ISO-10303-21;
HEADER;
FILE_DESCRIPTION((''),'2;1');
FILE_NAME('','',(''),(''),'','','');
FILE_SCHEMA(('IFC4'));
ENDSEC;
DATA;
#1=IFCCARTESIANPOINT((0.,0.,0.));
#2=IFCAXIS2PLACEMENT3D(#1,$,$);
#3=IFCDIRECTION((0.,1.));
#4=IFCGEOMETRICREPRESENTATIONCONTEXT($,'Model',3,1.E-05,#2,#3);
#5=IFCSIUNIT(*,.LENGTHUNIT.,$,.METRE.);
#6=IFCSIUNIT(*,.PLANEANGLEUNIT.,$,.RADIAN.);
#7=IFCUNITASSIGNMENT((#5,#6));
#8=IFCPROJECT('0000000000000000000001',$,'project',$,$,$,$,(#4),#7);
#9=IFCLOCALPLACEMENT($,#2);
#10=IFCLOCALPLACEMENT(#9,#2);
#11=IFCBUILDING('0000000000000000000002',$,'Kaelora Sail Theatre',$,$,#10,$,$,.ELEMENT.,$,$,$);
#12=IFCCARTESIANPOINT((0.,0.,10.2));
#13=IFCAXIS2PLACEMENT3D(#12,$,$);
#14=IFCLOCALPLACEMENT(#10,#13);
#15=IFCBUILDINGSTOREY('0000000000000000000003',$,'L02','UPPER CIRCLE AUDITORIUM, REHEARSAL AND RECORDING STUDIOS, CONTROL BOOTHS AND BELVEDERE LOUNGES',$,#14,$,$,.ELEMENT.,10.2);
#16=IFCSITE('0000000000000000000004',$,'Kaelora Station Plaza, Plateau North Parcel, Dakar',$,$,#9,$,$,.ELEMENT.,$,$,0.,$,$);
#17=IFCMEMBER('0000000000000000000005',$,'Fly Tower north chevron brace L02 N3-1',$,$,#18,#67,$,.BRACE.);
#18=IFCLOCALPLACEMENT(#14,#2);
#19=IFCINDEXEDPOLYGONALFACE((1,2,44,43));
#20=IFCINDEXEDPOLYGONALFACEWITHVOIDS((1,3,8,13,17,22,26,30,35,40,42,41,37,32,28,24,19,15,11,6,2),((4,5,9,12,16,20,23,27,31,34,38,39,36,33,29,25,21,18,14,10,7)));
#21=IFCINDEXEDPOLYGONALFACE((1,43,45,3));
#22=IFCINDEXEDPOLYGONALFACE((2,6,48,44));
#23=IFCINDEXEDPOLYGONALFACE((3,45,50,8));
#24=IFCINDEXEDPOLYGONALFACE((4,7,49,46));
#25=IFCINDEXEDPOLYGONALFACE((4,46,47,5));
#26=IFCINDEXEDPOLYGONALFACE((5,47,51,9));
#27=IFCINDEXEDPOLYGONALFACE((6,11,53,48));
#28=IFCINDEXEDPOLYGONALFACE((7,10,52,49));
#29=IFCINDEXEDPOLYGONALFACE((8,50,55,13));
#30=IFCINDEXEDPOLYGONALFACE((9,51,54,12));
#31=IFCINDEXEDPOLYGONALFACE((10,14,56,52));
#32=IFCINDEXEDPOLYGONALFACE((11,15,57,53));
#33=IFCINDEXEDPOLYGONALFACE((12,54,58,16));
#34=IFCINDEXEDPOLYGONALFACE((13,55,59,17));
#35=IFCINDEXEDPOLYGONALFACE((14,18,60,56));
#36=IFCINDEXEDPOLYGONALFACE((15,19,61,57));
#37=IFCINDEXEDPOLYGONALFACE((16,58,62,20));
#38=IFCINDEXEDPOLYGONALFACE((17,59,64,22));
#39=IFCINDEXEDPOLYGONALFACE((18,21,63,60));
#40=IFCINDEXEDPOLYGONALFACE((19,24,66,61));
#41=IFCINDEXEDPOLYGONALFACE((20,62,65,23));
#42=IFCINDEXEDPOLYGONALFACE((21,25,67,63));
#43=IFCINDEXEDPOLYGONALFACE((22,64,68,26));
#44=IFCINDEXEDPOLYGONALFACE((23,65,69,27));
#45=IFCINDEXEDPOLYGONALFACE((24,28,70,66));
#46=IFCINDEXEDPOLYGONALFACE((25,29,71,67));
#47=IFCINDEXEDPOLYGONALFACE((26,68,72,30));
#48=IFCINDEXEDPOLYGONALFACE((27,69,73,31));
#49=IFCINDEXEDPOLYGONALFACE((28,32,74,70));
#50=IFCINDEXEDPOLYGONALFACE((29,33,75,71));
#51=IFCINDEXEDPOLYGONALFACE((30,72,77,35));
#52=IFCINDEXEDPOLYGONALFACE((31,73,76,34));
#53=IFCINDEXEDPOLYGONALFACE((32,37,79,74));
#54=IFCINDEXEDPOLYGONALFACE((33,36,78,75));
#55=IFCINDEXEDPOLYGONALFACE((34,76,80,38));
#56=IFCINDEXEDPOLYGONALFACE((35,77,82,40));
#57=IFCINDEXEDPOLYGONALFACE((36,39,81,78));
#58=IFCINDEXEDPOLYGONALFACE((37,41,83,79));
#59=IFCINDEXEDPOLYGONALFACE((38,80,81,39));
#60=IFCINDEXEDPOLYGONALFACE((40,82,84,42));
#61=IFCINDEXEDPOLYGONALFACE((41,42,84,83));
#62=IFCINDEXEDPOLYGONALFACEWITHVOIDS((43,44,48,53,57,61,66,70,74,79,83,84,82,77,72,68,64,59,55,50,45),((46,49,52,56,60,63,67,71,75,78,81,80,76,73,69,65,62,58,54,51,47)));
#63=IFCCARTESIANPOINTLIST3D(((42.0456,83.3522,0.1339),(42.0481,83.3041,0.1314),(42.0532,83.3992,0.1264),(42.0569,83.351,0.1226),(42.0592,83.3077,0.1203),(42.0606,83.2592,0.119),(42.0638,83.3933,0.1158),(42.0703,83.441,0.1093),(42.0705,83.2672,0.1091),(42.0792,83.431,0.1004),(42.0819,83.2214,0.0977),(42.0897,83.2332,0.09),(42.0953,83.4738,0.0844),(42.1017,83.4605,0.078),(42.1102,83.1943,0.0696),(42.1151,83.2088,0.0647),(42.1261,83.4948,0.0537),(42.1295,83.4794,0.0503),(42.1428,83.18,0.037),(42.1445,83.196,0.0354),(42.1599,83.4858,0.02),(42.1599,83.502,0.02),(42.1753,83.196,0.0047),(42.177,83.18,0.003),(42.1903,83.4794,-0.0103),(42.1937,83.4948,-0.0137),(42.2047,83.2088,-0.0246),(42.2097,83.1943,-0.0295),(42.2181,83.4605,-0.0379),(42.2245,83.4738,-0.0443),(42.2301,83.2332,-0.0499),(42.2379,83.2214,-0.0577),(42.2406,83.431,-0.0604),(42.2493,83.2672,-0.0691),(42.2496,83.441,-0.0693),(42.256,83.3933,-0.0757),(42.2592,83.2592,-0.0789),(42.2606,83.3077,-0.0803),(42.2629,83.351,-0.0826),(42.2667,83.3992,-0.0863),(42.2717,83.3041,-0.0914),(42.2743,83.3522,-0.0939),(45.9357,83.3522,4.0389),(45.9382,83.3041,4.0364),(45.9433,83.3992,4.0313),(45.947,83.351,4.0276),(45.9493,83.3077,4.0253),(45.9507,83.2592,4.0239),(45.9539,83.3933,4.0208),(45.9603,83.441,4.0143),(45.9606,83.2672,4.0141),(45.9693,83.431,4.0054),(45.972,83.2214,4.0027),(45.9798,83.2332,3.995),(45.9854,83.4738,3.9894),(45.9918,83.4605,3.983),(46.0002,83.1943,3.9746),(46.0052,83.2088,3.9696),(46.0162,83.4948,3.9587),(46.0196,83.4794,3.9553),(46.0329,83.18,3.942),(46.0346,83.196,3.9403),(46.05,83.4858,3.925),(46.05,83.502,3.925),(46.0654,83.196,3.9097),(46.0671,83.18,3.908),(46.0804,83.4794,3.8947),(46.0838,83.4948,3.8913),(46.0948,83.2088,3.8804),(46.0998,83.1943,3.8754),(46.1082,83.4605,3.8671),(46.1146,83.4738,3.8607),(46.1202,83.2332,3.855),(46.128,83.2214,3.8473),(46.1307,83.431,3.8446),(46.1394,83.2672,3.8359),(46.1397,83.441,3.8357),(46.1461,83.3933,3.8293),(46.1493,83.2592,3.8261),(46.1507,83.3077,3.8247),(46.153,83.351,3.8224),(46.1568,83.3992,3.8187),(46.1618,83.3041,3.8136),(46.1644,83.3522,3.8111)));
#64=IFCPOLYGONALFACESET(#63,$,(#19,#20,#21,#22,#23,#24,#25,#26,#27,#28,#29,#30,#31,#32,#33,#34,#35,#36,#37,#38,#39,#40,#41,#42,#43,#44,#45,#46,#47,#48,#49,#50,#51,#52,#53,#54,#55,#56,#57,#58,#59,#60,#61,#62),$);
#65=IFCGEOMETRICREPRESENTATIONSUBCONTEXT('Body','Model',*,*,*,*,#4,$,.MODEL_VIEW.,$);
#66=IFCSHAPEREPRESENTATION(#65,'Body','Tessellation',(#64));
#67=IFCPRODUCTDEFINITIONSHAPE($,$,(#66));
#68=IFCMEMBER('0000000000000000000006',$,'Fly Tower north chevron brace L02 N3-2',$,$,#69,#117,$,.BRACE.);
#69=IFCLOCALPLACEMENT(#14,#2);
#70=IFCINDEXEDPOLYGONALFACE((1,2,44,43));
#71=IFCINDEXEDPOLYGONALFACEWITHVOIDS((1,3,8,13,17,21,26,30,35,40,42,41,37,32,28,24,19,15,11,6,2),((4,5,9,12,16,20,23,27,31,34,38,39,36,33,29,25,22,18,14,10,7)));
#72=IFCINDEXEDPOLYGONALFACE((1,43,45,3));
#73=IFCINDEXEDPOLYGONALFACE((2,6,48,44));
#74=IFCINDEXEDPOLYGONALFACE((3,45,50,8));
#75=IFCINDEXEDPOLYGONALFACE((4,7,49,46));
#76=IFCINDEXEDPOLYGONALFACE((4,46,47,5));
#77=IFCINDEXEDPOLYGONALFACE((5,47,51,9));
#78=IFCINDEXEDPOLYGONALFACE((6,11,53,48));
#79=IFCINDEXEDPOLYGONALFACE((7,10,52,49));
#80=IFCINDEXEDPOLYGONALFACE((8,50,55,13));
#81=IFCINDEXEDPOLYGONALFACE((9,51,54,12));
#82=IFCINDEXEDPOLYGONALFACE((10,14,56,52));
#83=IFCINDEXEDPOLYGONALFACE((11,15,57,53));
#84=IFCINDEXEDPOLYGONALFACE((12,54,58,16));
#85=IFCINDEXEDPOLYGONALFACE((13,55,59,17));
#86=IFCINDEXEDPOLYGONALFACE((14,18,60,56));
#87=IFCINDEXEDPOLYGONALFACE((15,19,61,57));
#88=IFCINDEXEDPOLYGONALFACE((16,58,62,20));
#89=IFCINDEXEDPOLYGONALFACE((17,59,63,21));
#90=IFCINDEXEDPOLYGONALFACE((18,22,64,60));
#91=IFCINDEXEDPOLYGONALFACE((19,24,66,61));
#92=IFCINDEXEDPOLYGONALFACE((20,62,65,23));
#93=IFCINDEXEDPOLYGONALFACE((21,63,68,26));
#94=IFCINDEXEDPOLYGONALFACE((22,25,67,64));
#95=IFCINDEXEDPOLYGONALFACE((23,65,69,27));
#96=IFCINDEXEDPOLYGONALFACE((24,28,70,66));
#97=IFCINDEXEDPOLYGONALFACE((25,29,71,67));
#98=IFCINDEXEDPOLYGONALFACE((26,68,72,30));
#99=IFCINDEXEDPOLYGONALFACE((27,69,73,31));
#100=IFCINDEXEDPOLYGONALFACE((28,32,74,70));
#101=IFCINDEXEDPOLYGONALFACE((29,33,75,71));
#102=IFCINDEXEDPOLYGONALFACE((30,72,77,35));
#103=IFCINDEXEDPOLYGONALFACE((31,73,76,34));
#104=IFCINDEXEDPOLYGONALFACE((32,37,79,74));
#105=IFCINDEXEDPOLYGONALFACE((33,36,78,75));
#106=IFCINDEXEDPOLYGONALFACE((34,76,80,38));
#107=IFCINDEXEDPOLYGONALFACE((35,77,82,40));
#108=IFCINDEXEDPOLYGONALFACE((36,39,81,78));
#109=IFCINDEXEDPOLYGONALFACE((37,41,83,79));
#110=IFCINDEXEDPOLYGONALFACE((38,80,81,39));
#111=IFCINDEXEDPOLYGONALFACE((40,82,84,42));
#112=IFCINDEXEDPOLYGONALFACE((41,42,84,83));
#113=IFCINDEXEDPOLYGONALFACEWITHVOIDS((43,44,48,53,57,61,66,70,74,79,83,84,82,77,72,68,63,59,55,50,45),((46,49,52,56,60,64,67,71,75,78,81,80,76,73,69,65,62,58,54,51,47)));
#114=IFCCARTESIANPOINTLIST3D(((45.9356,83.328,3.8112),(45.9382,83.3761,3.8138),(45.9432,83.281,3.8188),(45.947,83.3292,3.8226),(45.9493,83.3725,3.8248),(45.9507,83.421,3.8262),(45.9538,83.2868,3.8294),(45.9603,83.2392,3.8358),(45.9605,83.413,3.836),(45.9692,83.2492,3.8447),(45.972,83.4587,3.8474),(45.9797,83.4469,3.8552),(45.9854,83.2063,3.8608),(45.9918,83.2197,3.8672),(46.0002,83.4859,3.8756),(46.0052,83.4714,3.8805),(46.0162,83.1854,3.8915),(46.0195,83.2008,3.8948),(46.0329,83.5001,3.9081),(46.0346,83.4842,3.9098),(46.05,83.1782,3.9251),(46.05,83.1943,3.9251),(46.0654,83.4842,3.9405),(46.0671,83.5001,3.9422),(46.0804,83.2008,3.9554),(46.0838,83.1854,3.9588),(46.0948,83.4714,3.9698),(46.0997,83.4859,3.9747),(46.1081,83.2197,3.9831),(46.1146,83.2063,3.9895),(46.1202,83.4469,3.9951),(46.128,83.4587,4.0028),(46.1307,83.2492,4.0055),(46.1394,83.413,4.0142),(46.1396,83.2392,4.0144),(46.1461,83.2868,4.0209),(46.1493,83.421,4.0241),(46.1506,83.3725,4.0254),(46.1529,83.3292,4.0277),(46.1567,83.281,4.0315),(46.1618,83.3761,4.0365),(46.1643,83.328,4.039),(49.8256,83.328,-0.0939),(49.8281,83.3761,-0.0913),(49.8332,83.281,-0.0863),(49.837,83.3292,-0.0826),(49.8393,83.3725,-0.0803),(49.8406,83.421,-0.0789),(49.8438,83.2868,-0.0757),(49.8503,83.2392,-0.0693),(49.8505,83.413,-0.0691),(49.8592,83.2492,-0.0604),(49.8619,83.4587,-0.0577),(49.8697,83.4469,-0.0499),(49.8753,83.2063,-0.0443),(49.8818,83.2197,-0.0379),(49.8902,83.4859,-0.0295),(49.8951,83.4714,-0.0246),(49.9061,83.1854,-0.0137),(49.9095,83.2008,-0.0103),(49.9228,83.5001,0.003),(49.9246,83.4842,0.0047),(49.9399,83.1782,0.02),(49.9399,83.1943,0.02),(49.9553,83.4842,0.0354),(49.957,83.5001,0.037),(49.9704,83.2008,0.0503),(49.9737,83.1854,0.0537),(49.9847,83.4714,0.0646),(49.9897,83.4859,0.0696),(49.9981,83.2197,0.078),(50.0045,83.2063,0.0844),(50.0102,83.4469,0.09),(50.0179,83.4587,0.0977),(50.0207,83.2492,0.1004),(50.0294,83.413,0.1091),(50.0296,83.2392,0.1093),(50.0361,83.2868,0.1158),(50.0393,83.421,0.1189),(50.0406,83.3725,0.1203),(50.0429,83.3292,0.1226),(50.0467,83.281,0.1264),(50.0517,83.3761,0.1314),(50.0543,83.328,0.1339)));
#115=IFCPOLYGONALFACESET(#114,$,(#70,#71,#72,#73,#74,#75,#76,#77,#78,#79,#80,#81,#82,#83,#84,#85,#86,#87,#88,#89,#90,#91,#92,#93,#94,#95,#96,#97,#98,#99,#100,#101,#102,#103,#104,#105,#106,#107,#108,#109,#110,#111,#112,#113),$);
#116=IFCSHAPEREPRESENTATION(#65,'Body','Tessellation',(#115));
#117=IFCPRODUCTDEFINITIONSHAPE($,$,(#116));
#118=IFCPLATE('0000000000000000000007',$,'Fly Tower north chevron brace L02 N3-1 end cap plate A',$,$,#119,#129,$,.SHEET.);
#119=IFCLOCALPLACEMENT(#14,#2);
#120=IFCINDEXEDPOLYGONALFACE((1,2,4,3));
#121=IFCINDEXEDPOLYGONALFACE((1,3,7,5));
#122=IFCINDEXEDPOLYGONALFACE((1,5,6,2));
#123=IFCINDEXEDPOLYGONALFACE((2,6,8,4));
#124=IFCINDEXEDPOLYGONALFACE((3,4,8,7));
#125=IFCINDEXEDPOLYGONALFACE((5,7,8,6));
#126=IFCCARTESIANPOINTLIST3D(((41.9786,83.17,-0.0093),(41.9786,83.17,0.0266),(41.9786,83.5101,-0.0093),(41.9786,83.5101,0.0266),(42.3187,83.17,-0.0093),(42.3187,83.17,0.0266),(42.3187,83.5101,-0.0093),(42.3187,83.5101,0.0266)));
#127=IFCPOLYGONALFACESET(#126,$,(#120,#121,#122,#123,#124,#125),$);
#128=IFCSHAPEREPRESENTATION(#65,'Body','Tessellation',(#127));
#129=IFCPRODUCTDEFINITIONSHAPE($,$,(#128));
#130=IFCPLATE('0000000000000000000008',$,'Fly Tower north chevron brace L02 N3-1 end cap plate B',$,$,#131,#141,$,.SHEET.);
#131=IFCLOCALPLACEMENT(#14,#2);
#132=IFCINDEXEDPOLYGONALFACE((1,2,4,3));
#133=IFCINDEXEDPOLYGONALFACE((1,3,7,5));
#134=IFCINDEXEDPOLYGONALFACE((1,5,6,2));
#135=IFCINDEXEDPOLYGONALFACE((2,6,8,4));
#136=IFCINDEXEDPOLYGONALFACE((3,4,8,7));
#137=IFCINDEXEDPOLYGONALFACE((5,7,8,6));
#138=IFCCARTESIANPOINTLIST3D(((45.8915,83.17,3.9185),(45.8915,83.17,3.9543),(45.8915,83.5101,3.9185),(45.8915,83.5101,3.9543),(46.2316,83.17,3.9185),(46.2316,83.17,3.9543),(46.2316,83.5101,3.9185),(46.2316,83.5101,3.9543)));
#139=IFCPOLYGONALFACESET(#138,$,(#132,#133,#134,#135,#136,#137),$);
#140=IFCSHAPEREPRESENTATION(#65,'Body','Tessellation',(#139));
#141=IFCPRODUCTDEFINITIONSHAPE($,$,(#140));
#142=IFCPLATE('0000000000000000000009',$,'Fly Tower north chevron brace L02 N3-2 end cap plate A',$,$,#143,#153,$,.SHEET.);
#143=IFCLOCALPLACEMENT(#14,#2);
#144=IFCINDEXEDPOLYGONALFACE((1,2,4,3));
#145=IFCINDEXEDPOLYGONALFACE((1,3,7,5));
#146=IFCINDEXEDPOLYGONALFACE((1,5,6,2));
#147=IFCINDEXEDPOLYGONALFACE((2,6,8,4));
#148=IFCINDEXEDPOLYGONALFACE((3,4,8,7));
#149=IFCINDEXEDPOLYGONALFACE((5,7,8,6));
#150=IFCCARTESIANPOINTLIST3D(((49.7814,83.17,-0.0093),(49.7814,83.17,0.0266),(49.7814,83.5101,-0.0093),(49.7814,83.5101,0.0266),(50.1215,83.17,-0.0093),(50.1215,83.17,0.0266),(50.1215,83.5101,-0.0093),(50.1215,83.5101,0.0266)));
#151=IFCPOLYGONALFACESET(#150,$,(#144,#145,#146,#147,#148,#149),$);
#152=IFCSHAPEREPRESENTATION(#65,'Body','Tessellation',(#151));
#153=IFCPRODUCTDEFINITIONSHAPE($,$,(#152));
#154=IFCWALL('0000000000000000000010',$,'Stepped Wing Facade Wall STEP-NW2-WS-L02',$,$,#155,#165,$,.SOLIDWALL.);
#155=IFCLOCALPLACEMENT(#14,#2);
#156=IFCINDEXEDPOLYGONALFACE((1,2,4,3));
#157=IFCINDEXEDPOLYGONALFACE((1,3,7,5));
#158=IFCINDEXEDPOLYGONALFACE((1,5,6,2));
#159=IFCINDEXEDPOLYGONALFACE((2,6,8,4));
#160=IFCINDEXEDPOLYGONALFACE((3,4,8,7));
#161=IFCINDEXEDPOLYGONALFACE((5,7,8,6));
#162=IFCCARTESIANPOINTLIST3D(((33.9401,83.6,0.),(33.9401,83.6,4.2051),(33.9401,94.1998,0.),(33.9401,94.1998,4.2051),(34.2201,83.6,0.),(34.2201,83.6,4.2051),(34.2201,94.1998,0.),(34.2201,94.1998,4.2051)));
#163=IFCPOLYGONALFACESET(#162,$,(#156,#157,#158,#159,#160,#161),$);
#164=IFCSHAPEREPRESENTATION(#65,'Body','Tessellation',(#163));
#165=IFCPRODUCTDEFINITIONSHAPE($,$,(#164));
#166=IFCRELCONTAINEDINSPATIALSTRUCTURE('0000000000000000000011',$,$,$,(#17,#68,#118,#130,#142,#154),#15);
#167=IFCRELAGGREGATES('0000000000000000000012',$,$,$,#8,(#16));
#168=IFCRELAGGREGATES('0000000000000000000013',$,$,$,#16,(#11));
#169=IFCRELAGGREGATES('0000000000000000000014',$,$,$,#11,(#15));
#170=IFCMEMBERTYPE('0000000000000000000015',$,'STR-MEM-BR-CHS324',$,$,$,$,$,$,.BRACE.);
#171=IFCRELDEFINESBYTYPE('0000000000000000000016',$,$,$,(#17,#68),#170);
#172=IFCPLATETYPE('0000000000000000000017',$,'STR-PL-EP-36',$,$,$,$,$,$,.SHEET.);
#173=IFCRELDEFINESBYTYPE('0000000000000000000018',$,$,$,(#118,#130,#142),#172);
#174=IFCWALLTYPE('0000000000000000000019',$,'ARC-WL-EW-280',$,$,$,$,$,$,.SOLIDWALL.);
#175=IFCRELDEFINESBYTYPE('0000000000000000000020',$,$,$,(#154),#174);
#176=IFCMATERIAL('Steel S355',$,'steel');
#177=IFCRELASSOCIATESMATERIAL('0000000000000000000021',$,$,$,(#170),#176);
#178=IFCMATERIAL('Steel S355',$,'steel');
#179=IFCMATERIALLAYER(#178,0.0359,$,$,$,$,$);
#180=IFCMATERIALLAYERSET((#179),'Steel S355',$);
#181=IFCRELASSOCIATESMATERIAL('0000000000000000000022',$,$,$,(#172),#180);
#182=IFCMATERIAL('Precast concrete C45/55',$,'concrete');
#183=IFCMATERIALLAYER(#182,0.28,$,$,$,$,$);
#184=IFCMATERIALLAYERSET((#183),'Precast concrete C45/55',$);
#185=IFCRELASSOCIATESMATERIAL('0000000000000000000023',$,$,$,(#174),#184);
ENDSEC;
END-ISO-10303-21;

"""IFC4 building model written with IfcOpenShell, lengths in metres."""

from ifc_helpers import new_model, si_unit, direction, frame, frame_2d, origin, origin_2d, place, context, subcontext, project, spatial, rectangle, hollow_circle, extrude, material, layer, layer_set, material_profile, profile_set, type_object, element, save


model = new_model("IFC4")

# Units and contexts
model_context = context("Model", 3, precision=1e-05, world=origin(), true_north=direction((0.0, 1.0)))
body_context = subcontext(model_context, "Body", "Model", "MODEL_VIEW")
ifc_project = project(units=[si_unit("LENGTHUNIT", "METRE"), si_unit("PLANEANGLEUNIT", "RADIAN")], contexts=[model_context])

# Site, building, storey
site_placement = place(None, origin())
site = spatial("IfcSite", under=ifc_project, at=site_placement, Name="Kaelora Station Plaza, Plateau North Parcel, Dakar", CompositionType="ELEMENT", RefElevation=0.0)
building_placement = place(site_placement, origin())
building = spatial("IfcBuilding", under=site, at=building_placement, Name="Kaelora Sail Theatre", CompositionType="ELEMENT")
storey_placement = place(building_placement, frame((0.0, 0.0, 10.2)))
storey = spatial("IfcBuildingStorey", under=building, at=storey_placement, Name="L02", Description="UPPER CIRCLE AUDITORIUM, REHEARSAL AND RECORDING STUDIOS, CONTROL BOOTHS AND BELVEDERE LOUNGES", CompositionType="ELEMENT", Elevation=10.2)

# Members
ifc_material_1 = material(Name="Steel S355", Category="steel")
ifc_material_profile_1 = material_profile(ifc_material_1, hollow_circle(Radius=0.1619, WallThickness=0.0161, at=origin_2d()), Name="CHS 323.9x16.0")
ifc_profile_set_1 = profile_set([ifc_material_profile_1], Name="Steel S355")
member_type = type_object("IfcMemberType", Name="STR-MEM-BR-CHS324", PredefinedType="BRACE", material=ifc_profile_set_1)
for number, where, z_axis, x_axis, name in (
    (1, (42.1599, 83.3401, 0.02), (0.705755, 0.0, 0.708456), (0.0, 1.0, 0.0), "Fly Tower north chevron brace L02 N3-1"),
    (2, (49.9399, 83.3401, 0.02), (-0.705732, 0.0, 0.708479), (0.0, -1.0, 0.0), "Fly Tower north chevron brace L02 N3-2"),
):
    element("IfcMember", number, at=place(storey_placement, frame(where, z_axis=z_axis, x_axis=x_axis)), inside=storey, type_object=member_type, Name=name, PredefinedType="BRACE", context=body_context, shape_type="SweptSolid", body=[
        extrude(hollow_circle(Radius=0.1619, WallThickness=0.0161, at=origin_2d()), origin(), (0.0, 0.0, 1.0), 5.512),
    ])

# Plates
ifc_material_2 = material(Name="Steel S355", Category="steel")
ifc_layer_1 = layer(ifc_material_2, 0.0359)
ifc_layer_set_1 = layer_set([ifc_layer_1], Name="Steel S355")
plate_type = type_object("IfcPlateType", Name="STR-PL-EP-36", PredefinedType="SHEET", material=ifc_layer_set_1)
for number, where, z_axis, x_axis, name in (
    (3, (42.1487, 83.3401, -0.0093), (0.0, 0.0, 1.0), (1.0, 0.0, 0.0), "Fly Tower north chevron brace L02 N3-1 end cap plate A"),
    (4, (46.0615, 83.3401, 3.9185), (0.0, 0.0, 1.0), (1.0, 0.0, 0.0), "Fly Tower north chevron brace L02 N3-1 end cap plate B"),
    (5, (49.9514, 83.3401, -0.0093), (0.0, 0.0, 1.0), (1.0, 0.0, 0.0), "Fly Tower north chevron brace L02 N3-2 end cap plate A"),
):
    element("IfcPlate", number, at=place(storey_placement, frame(where, z_axis=z_axis, x_axis=x_axis)), inside=storey, type_object=plate_type, Name=name, PredefinedType="SHEET", context=body_context, shape_type="SweptSolid", body=[
        extrude(rectangle(XDim=0.3401, YDim=0.3401, at=origin_2d()), origin(), (0.0, 0.0, 1.0), 0.0359),
    ])

# Wall
ifc_material_3 = material(Name="Precast concrete C45/55", Category="concrete")
ifc_layer_2 = layer(ifc_material_3, 0.28)
ifc_layer_set_2 = layer_set([ifc_layer_2], Name="Precast concrete C45/55")
wall_type = type_object("IfcWallType", Name="ARC-WL-EW-280", PredefinedType="SOLIDWALL", material=ifc_layer_set_2)
wall_placement = place(storey_placement, frame((34.0801, 83.6001, 0.0), z_axis=(0.0, 0.0, 1.0), x_axis=(0.0, 1.0, 0.0)))
element("IfcWall", 6, at=wall_placement, inside=storey, type_object=wall_type, Name="Stepped Wing Facade Wall STEP-NW2-WS-L02", PredefinedType="SOLIDWALL", context=body_context, shape_type="SweptSolid", body=[
    extrude(rectangle(XDim=10.5999, YDim=0.28, at=frame_2d((5.2998, 0.0))), origin(), (0.0, 0.0, 1.0), 4.2051),
])

save(model, "model.ifc")
